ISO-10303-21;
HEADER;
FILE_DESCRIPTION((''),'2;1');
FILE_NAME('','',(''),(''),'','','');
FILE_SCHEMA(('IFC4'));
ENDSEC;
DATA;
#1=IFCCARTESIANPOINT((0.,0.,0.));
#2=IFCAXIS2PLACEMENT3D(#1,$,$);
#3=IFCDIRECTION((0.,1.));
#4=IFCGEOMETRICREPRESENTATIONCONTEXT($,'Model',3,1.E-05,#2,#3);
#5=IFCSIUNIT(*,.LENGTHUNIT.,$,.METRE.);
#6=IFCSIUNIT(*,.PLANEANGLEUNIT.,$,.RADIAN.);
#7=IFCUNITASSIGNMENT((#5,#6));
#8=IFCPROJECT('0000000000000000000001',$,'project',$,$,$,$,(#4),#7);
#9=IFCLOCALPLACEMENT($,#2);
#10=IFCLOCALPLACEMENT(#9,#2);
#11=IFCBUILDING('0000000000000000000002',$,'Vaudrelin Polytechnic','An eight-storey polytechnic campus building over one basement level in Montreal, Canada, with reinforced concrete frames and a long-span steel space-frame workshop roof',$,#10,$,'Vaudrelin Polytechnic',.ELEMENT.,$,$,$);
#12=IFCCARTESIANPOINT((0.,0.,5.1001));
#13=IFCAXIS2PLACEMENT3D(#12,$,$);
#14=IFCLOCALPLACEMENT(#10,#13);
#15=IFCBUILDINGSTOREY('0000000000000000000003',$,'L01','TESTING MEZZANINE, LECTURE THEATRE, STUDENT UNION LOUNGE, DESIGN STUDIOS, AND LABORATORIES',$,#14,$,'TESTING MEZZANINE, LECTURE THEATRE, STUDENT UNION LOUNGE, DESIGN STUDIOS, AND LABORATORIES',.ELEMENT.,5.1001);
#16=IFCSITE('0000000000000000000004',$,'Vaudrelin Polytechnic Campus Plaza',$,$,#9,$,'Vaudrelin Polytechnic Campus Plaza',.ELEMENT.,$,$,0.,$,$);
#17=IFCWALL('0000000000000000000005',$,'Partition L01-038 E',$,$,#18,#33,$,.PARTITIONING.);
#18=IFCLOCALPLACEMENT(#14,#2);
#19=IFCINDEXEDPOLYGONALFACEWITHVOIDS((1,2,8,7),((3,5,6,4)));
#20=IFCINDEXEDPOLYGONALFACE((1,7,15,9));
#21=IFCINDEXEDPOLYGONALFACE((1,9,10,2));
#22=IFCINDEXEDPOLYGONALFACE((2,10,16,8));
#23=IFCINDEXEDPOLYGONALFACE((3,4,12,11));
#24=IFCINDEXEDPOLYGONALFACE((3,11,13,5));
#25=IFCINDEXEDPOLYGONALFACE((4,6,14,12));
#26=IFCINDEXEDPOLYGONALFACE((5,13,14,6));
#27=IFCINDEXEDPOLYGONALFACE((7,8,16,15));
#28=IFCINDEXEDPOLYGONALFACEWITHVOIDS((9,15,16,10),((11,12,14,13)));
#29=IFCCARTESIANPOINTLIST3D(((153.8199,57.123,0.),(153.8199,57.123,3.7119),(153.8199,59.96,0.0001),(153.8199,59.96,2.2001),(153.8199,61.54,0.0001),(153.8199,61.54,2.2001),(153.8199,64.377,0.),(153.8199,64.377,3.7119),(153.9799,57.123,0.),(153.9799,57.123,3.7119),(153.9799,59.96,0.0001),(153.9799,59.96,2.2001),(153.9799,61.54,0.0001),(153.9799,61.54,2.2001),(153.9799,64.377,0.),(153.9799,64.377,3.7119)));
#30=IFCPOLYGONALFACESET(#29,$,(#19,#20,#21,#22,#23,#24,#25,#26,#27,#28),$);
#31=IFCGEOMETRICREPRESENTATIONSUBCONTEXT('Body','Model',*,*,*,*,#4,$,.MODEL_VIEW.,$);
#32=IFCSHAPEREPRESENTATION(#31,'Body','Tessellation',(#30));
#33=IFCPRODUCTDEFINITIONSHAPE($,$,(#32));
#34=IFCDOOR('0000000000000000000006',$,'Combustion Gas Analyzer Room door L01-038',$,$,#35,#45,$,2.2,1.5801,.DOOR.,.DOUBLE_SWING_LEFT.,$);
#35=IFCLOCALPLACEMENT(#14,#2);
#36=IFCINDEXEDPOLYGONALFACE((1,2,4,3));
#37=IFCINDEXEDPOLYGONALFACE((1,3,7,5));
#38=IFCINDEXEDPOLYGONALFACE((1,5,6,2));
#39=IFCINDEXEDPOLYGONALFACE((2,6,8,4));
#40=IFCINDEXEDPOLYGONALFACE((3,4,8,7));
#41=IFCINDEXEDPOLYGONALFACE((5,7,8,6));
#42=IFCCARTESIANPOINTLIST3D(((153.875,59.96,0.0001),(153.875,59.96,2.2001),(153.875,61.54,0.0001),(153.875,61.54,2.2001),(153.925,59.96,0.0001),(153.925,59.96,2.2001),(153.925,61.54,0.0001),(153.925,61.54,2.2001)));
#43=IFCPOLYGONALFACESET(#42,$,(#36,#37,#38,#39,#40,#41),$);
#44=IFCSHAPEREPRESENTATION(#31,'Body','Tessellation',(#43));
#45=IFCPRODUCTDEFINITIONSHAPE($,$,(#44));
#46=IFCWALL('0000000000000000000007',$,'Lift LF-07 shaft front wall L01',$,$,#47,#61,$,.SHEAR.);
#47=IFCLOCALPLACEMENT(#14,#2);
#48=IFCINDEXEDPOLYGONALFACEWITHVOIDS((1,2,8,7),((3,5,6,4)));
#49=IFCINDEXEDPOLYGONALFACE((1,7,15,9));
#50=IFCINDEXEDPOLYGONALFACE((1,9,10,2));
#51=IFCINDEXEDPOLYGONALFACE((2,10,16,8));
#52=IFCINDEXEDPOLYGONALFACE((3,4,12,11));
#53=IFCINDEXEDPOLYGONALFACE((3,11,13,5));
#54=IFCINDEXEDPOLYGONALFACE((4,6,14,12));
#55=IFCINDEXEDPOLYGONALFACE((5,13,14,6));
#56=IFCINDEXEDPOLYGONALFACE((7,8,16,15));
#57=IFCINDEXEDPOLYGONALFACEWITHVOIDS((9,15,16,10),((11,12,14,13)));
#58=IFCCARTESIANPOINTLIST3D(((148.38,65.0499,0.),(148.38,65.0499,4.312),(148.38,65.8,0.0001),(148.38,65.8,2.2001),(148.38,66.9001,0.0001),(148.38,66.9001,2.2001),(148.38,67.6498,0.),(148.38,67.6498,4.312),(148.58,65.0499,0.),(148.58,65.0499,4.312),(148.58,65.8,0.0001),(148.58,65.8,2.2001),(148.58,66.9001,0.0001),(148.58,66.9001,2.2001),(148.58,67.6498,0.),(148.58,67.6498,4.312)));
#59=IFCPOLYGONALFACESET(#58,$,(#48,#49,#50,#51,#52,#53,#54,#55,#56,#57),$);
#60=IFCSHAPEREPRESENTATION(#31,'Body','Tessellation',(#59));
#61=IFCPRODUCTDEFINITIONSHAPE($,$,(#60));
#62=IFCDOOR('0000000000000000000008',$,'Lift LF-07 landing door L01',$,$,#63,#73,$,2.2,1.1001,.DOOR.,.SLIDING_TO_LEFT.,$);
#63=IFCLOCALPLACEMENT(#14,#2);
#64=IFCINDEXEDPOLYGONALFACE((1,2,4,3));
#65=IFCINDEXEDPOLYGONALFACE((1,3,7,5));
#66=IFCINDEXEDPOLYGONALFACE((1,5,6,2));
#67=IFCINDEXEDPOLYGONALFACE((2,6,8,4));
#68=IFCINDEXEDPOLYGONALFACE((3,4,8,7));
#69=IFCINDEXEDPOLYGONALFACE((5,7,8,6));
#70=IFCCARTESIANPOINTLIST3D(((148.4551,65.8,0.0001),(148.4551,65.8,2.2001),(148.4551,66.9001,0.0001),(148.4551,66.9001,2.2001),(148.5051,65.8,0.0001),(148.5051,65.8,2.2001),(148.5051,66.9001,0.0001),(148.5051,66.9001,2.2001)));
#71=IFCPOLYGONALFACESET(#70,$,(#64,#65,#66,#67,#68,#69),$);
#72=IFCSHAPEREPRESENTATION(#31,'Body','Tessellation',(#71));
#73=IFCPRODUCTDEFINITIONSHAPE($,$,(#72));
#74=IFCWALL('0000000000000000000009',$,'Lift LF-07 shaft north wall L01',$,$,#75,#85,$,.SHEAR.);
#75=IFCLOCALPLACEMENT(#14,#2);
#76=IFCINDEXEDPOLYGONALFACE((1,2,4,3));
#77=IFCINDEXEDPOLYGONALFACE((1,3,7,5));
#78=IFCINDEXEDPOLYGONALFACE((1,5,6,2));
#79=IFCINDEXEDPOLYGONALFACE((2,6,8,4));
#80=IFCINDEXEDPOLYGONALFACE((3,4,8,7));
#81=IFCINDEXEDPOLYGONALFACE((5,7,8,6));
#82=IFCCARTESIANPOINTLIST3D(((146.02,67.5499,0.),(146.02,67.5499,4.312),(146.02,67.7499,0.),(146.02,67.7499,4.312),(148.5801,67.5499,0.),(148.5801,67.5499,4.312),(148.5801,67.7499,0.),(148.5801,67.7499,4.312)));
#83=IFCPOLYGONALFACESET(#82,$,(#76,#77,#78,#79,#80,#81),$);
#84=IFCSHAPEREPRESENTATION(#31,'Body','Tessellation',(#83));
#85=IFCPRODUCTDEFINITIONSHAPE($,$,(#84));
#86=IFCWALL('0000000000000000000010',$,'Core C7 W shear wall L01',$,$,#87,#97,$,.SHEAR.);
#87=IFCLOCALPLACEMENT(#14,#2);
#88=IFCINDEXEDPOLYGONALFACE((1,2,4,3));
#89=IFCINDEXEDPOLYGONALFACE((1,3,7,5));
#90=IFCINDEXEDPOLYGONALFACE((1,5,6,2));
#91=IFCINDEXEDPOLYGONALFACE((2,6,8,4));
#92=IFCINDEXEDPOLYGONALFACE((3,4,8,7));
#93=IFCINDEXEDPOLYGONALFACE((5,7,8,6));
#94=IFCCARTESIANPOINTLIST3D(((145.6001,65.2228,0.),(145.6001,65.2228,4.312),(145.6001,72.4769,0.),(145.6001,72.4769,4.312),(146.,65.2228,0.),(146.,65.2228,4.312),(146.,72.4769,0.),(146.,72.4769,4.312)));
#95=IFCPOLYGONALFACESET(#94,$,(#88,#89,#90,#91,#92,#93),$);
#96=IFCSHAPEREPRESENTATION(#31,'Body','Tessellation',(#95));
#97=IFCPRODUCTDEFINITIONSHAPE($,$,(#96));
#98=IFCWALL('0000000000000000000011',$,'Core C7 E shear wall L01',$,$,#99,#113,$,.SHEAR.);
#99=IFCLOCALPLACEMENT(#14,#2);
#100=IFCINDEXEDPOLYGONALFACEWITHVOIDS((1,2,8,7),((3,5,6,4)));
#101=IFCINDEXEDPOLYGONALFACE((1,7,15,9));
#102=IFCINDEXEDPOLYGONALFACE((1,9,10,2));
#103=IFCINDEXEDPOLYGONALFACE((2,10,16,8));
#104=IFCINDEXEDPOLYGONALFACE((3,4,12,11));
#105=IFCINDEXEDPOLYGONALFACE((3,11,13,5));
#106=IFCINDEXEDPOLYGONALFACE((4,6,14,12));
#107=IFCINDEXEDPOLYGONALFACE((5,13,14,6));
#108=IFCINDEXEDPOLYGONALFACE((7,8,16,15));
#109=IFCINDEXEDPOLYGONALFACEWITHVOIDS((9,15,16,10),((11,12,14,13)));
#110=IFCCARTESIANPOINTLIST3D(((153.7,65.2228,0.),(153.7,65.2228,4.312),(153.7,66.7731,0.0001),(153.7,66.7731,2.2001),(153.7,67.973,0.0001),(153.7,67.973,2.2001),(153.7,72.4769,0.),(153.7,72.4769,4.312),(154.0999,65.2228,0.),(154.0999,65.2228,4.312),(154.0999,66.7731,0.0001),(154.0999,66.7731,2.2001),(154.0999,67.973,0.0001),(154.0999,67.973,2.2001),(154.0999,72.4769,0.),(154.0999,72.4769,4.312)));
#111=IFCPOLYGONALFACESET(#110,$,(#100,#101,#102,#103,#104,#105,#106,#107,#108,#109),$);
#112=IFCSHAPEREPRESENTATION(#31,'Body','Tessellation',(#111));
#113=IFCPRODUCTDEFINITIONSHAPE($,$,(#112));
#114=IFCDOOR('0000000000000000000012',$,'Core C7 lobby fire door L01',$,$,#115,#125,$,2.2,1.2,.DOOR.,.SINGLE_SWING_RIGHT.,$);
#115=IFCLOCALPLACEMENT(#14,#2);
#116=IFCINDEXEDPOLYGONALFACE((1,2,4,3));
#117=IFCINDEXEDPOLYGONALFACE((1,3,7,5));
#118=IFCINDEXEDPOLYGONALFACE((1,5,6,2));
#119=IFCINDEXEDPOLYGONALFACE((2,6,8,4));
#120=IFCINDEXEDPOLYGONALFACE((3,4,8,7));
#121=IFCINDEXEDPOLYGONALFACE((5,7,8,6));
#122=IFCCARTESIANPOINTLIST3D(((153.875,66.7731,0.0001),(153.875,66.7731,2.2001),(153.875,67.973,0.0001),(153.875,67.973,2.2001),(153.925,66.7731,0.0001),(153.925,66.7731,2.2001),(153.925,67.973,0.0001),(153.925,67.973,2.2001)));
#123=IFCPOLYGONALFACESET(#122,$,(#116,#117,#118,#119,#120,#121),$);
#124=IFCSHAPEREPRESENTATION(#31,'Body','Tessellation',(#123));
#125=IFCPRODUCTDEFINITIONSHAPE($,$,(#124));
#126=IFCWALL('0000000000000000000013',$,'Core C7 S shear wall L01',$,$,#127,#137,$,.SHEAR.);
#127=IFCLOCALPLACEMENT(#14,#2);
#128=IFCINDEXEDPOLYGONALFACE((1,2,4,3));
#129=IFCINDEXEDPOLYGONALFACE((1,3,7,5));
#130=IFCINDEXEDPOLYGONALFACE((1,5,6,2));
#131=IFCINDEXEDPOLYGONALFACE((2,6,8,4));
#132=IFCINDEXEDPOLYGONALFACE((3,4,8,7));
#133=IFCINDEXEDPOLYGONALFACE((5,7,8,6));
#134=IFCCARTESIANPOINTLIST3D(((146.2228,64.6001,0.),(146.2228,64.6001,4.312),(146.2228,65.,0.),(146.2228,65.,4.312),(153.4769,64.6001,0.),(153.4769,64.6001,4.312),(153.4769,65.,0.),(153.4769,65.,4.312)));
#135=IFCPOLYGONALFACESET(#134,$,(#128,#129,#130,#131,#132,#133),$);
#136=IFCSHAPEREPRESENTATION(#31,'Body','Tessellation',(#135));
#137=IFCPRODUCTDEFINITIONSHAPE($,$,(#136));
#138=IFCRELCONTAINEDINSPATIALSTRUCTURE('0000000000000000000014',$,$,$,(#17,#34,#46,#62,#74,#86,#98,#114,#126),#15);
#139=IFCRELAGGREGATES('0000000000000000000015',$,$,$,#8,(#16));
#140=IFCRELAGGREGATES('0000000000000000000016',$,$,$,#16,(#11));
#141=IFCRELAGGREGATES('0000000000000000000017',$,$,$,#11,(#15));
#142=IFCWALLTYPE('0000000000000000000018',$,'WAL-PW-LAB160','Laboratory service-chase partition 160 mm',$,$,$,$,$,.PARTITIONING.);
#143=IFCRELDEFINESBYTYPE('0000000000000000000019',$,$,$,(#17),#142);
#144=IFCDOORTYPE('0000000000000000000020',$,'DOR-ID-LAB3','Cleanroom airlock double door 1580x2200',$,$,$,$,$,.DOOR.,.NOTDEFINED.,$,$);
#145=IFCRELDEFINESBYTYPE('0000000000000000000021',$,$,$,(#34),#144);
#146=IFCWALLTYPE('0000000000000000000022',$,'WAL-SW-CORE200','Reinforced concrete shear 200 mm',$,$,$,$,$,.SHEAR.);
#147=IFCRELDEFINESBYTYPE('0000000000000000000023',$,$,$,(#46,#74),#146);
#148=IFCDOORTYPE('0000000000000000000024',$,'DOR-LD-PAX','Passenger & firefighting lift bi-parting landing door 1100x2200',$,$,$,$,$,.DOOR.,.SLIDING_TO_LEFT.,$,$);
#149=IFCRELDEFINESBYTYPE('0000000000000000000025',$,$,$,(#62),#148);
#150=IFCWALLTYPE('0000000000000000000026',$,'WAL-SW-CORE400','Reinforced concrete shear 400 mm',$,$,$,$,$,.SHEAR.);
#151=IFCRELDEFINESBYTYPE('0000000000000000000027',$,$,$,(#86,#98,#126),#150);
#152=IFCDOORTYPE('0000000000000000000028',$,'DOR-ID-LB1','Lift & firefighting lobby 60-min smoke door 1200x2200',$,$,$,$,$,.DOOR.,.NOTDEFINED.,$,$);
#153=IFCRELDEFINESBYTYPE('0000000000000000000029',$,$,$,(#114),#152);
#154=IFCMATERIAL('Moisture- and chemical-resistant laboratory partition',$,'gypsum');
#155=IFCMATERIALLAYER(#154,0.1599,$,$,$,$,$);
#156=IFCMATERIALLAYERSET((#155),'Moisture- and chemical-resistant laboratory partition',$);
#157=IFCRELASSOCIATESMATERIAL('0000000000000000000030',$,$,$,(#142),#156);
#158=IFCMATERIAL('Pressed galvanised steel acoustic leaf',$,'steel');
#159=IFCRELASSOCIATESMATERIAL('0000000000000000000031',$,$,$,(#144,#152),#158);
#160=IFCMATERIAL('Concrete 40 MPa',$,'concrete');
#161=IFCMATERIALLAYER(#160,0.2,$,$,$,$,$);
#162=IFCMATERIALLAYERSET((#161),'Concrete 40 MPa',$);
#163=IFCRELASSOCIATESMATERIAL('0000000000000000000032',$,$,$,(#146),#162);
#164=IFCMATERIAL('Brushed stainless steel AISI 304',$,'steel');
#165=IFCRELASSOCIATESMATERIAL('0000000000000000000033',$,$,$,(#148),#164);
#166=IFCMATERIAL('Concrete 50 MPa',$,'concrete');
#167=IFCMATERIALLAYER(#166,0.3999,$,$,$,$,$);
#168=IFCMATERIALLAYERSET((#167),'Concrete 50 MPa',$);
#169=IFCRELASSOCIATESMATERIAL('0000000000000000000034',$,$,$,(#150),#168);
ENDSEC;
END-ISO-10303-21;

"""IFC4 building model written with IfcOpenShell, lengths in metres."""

from ifc_helpers import new_model, si_unit, direction, frame, frame_2d, origin, place, context, subcontext, project, spatial, rectangle, extrude, material, layer, layer_set, type_object, element, fill, save


model = new_model("IFC4")

# Units and contexts
model_context = context("Model", 3, precision=1e-05, world=origin(), true_north=direction((0.0, 1.0)))
body_context = subcontext(model_context, "Body", "Model", "MODEL_VIEW")
ifc_project = project(units=[si_unit("LENGTHUNIT", "METRE"), si_unit("PLANEANGLEUNIT", "RADIAN")], contexts=[model_context])

# Site, building, storey
site_placement = place(None, origin())
site = spatial("IfcSite", under=ifc_project, at=site_placement, Name="Vaudrelin Polytechnic Campus Plaza", LongName="Vaudrelin Polytechnic Campus Plaza", CompositionType="ELEMENT", RefElevation=0.0)
building_placement = place(site_placement, origin())
building = spatial("IfcBuilding", under=site, at=building_placement, Name="Vaudrelin Polytechnic", Description="An eight-storey polytechnic campus building over one basement level in Montreal, Canada, with reinforced concrete frames and a long-span steel space-frame workshop roof", LongName="Vaudrelin Polytechnic", CompositionType="ELEMENT")
storey_placement = place(building_placement, frame((0.0, 0.0, 5.1001)))
storey = spatial("IfcBuildingStorey", under=building, at=storey_placement, Name="L01", Description="TESTING MEZZANINE, LECTURE THEATRE, STUDENT UNION LOUNGE, DESIGN STUDIOS, AND LABORATORIES", LongName="TESTING MEZZANINE, LECTURE THEATRE, STUDENT UNION LOUNGE, DESIGN STUDIOS, AND LABORATORIES", CompositionType="ELEMENT", Elevation=5.1001)

# Shared definitions
ifc_material_1 = material(Name="Concrete 50 MPa", Category="concrete")

# Shared definitions
ifc_material_2 = material(Name="Concrete 40 MPa", Category="concrete")

# Walls, openings, doors
ifc_material_3 = material(Name="Pressed galvanised steel acoustic leaf", Category="steel")
ifc_material_4 = material(Name="Moisture- and chemical-resistant laboratory partition", Category="gypsum")
ifc_layer_1 = layer(ifc_material_4, 0.1599)
ifc_layer_set_1 = layer_set([ifc_layer_1], Name="Moisture- and chemical-resistant laboratory partition")
wall_type_1 = type_object("IfcWallType", Name="WAL-PW-LAB160", Description="Laboratory service-chase partition 160 mm", PredefinedType="PARTITIONING", material=ifc_layer_set_1)
wall_1_placement = place(storey_placement, frame((153.8999, 57.123, 0.0), z_axis=(0.0, 0.0, 1.0), x_axis=(0.0, 1.0, 0.0)))
wall_1 = element("IfcWall", 1, at=wall_1_placement, inside=storey, type_object=wall_type_1, Name="Partition L01-038 E", PredefinedType="PARTITIONING", context=body_context, shape_type="SweptSolid", body=[
    extrude(rectangle(XDim=7.2539, YDim=0.1599, at=frame_2d((3.627, 0.0))), origin(), (0.0, 0.0, 1.0), 3.7119),
])
opening_1_placement = place(wall_1_placement, frame((2.8369, 0.0, 0.0)))
opening_1 = element("IfcOpeningElement", 2, at=opening_1_placement, cuts=wall_1, PredefinedType="OPENING", context=body_context, shape_type="SweptSolid", body=[
    extrude(rectangle(XDim=1.5801, YDim=2.2, at=frame_2d((0.79, 1.1001))), frame((0.0, 0.0898, 0.0), z_axis=(0.0, -1.0, 0.0), x_axis=(1.0, 0.0, 0.0)), (0.0, 0.0, 1.0), 0.1799),
])
door_type_1 = type_object("IfcDoorType", Name="DOR-ID-LAB3", Description="Cleanroom airlock double door 1580x2200", OperationType="NOTDEFINED", PredefinedType="DOOR", material=ifc_material_3)
door_1_placement = place(opening_1_placement, origin())
door_1 = element("IfcDoor", 3, at=door_1_placement, inside=storey, type_object=door_type_1, Name="Combustion Gas Analyzer Room door L01-038", OperationType="DOUBLE_SWING_LEFT", OverallHeight=2.2, OverallWidth=1.5801, PredefinedType="DOOR", context=body_context, shape_type="SweptSolid", body=[
    extrude(rectangle(XDim=1.5801, YDim=2.2, at=frame_2d((0.79, 1.1001))), frame((0.0, 0.0249, 0.0), z_axis=(0.0, -1.0, 0.0), x_axis=(1.0, 0.0, 0.0)), (0.0, 0.0, 1.0), 0.05),
])
fill(opening_1, door_1)
ifc_layer_2 = layer(ifc_material_2, 0.2)
ifc_layer_set_2 = layer_set([ifc_layer_2], Name="Concrete 40 MPa")
wall_type_2 = type_object("IfcWallType", Name="WAL-SW-CORE200", Description="Reinforced concrete shear 200 mm", PredefinedType="SHEAR", material=ifc_layer_set_2)
wall_2_placement = place(storey_placement, frame((148.48, 65.05, 0.0), z_axis=(0.0, 0.0, 1.0), x_axis=(0.0, 1.0, 0.0)))
wall_2 = element("IfcWall", 4, at=wall_2_placement, inside=storey, type_object=wall_type_2, Name="Lift LF-07 shaft front wall L01", PredefinedType="SHEAR", context=body_context, shape_type="SweptSolid", body=[
    extrude(rectangle(XDim=2.5999, YDim=0.2, at=frame_2d((1.2998, 0.0))), origin(), (0.0, 0.0, 1.0), 4.312),
])
opening_2_placement = place(wall_2_placement, frame((0.75, 0.0, 0.0)))
opening_2 = element("IfcOpeningElement", 5, at=opening_2_placement, cuts=wall_2, PredefinedType="OPENING", context=body_context, shape_type="SweptSolid", body=[
    extrude(rectangle(XDim=1.1001, YDim=2.2, at=frame_2d((0.55, 1.1001))), frame((0.0, 0.1099, 0.0), z_axis=(0.0, -1.0, 0.0), x_axis=(1.0, 0.0, 0.0)), (0.0, 0.0, 1.0), 0.22),
])
ifc_material_5 = material(Name="Brushed stainless steel AISI 304", Category="steel")
door_type_2 = type_object("IfcDoorType", Name="DOR-LD-PAX", Description="Passenger & firefighting lift bi-parting landing door 1100x2200", OperationType="SLIDING_TO_LEFT", PredefinedType="DOOR", material=ifc_material_5)
door_2_placement = place(opening_2_placement, origin())
door_2 = element("IfcDoor", 6, at=door_2_placement, inside=storey, type_object=door_type_2, Name="Lift LF-07 landing door L01", OperationType="SLIDING_TO_LEFT", OverallHeight=2.2, OverallWidth=1.1001, PredefinedType="DOOR", context=body_context, shape_type="SweptSolid", body=[
    extrude(rectangle(XDim=1.1001, YDim=2.2, at=frame_2d((0.55, 1.1001))), frame((0.0, 0.0249, 0.0), z_axis=(0.0, -1.0, 0.0), x_axis=(1.0, 0.0, 0.0)), (0.0, 0.0, 1.0), 0.05),
])
fill(opening_2, door_2)

# Walls
wall_3_placement = place(storey_placement, frame((146.02, 67.6499, 0.0), z_axis=(0.0, 0.0, 1.0), x_axis=(1.0, 0.0, 0.0)))
element("IfcWall", 7, at=wall_3_placement, inside=storey, type_object=wall_type_2, Name="Lift LF-07 shaft north wall L01", PredefinedType="SHEAR", context=body_context, shape_type="SweptSolid", body=[
    extrude(rectangle(XDim=2.5601, YDim=0.2, at=frame_2d((1.28, 0.0))), origin(), (0.0, 0.0, 1.0), 4.312),
])
ifc_layer_3 = layer(ifc_material_1, 0.3999)
ifc_layer_set_3 = layer_set([ifc_layer_3], Name="Concrete 50 MPa")
wall_type_3 = type_object("IfcWallType", Name="WAL-SW-CORE400", Description="Reinforced concrete shear 400 mm", PredefinedType="SHEAR", material=ifc_layer_set_3)
wall_4_placement = place(storey_placement, frame((145.8, 65.2229, 0.0), z_axis=(0.0, 0.0, 1.0), x_axis=(0.0, 1.0, 0.0)))
element("IfcWall", 8, at=wall_4_placement, inside=storey, type_object=wall_type_3, Name="Core C7 W shear wall L01", PredefinedType="SHEAR", context=body_context, shape_type="SweptSolid", body=[
    extrude(rectangle(XDim=7.2542, YDim=0.3999, at=frame_2d((3.627, 0.0))), origin(), (0.0, 0.0, 1.0), 4.312),
])

# Wall, opening, door
wall_5_placement = place(storey_placement, frame((153.8999, 65.2229, 0.0), z_axis=(0.0, 0.0, 1.0), x_axis=(0.0, 1.0, 0.0)))
wall_5 = element("IfcWall", 9, at=wall_5_placement, inside=storey, type_object=wall_type_3, Name="Core C7 E shear wall L01", PredefinedType="SHEAR", context=body_context, shape_type="SweptSolid", body=[
    extrude(rectangle(XDim=7.2542, YDim=0.3999, at=frame_2d((3.627, 0.0))), origin(), (0.0, 0.0, 1.0), 4.312),
])
opening_3_placement = place(wall_5_placement, frame((1.55, 0.0, 0.0)))
opening_3 = element("IfcOpeningElement", 10, at=opening_3_placement, cuts=wall_5, PredefinedType="OPENING", context=body_context, shape_type="SweptSolid", body=[
    extrude(rectangle(XDim=1.2, YDim=2.2, at=frame_2d((0.6001, 1.1001))), frame((0.0, 0.21, 0.0), z_axis=(0.0, -1.0, 0.0), x_axis=(1.0, 0.0, 0.0)), (0.0, 0.0, 1.0), 0.4199),
])
door_type_3 = type_object("IfcDoorType", Name="DOR-ID-LB1", Description="Lift & firefighting lobby 60-min smoke door 1200x2200", OperationType="NOTDEFINED", PredefinedType="DOOR", material=ifc_material_3)
door_3_placement = place(opening_3_placement, origin())
door_3 = element("IfcDoor", 11, at=door_3_placement, inside=storey, type_object=door_type_3, Name="Core C7 lobby fire door L01", OperationType="SINGLE_SWING_RIGHT", OverallHeight=2.2, OverallWidth=1.2, PredefinedType="DOOR", context=body_context, shape_type="SweptSolid", body=[
    extrude(rectangle(XDim=1.2, YDim=2.2, at=frame_2d((0.6001, 1.1001))), frame((0.0, 0.0249, 0.0), z_axis=(0.0, -1.0, 0.0), x_axis=(1.0, 0.0, 0.0)), (0.0, 0.0, 1.0), 0.05),
])
fill(opening_3, door_3)

# Wall
wall_6_placement = place(storey_placement, frame((146.2229, 64.8, 0.0), z_axis=(0.0, 0.0, 1.0), x_axis=(1.0, 0.0, 0.0)))
element("IfcWall", 12, at=wall_6_placement, inside=storey, type_object=wall_type_3, Name="Core C7 S shear wall L01", PredefinedType="SHEAR", context=body_context, shape_type="SweptSolid", body=[
    extrude(rectangle(XDim=7.2542, YDim=0.3999, at=frame_2d((3.627, 0.0))), origin(), (0.0, 0.0, 1.0), 4.312),
])

save(model, "model.ifc")
